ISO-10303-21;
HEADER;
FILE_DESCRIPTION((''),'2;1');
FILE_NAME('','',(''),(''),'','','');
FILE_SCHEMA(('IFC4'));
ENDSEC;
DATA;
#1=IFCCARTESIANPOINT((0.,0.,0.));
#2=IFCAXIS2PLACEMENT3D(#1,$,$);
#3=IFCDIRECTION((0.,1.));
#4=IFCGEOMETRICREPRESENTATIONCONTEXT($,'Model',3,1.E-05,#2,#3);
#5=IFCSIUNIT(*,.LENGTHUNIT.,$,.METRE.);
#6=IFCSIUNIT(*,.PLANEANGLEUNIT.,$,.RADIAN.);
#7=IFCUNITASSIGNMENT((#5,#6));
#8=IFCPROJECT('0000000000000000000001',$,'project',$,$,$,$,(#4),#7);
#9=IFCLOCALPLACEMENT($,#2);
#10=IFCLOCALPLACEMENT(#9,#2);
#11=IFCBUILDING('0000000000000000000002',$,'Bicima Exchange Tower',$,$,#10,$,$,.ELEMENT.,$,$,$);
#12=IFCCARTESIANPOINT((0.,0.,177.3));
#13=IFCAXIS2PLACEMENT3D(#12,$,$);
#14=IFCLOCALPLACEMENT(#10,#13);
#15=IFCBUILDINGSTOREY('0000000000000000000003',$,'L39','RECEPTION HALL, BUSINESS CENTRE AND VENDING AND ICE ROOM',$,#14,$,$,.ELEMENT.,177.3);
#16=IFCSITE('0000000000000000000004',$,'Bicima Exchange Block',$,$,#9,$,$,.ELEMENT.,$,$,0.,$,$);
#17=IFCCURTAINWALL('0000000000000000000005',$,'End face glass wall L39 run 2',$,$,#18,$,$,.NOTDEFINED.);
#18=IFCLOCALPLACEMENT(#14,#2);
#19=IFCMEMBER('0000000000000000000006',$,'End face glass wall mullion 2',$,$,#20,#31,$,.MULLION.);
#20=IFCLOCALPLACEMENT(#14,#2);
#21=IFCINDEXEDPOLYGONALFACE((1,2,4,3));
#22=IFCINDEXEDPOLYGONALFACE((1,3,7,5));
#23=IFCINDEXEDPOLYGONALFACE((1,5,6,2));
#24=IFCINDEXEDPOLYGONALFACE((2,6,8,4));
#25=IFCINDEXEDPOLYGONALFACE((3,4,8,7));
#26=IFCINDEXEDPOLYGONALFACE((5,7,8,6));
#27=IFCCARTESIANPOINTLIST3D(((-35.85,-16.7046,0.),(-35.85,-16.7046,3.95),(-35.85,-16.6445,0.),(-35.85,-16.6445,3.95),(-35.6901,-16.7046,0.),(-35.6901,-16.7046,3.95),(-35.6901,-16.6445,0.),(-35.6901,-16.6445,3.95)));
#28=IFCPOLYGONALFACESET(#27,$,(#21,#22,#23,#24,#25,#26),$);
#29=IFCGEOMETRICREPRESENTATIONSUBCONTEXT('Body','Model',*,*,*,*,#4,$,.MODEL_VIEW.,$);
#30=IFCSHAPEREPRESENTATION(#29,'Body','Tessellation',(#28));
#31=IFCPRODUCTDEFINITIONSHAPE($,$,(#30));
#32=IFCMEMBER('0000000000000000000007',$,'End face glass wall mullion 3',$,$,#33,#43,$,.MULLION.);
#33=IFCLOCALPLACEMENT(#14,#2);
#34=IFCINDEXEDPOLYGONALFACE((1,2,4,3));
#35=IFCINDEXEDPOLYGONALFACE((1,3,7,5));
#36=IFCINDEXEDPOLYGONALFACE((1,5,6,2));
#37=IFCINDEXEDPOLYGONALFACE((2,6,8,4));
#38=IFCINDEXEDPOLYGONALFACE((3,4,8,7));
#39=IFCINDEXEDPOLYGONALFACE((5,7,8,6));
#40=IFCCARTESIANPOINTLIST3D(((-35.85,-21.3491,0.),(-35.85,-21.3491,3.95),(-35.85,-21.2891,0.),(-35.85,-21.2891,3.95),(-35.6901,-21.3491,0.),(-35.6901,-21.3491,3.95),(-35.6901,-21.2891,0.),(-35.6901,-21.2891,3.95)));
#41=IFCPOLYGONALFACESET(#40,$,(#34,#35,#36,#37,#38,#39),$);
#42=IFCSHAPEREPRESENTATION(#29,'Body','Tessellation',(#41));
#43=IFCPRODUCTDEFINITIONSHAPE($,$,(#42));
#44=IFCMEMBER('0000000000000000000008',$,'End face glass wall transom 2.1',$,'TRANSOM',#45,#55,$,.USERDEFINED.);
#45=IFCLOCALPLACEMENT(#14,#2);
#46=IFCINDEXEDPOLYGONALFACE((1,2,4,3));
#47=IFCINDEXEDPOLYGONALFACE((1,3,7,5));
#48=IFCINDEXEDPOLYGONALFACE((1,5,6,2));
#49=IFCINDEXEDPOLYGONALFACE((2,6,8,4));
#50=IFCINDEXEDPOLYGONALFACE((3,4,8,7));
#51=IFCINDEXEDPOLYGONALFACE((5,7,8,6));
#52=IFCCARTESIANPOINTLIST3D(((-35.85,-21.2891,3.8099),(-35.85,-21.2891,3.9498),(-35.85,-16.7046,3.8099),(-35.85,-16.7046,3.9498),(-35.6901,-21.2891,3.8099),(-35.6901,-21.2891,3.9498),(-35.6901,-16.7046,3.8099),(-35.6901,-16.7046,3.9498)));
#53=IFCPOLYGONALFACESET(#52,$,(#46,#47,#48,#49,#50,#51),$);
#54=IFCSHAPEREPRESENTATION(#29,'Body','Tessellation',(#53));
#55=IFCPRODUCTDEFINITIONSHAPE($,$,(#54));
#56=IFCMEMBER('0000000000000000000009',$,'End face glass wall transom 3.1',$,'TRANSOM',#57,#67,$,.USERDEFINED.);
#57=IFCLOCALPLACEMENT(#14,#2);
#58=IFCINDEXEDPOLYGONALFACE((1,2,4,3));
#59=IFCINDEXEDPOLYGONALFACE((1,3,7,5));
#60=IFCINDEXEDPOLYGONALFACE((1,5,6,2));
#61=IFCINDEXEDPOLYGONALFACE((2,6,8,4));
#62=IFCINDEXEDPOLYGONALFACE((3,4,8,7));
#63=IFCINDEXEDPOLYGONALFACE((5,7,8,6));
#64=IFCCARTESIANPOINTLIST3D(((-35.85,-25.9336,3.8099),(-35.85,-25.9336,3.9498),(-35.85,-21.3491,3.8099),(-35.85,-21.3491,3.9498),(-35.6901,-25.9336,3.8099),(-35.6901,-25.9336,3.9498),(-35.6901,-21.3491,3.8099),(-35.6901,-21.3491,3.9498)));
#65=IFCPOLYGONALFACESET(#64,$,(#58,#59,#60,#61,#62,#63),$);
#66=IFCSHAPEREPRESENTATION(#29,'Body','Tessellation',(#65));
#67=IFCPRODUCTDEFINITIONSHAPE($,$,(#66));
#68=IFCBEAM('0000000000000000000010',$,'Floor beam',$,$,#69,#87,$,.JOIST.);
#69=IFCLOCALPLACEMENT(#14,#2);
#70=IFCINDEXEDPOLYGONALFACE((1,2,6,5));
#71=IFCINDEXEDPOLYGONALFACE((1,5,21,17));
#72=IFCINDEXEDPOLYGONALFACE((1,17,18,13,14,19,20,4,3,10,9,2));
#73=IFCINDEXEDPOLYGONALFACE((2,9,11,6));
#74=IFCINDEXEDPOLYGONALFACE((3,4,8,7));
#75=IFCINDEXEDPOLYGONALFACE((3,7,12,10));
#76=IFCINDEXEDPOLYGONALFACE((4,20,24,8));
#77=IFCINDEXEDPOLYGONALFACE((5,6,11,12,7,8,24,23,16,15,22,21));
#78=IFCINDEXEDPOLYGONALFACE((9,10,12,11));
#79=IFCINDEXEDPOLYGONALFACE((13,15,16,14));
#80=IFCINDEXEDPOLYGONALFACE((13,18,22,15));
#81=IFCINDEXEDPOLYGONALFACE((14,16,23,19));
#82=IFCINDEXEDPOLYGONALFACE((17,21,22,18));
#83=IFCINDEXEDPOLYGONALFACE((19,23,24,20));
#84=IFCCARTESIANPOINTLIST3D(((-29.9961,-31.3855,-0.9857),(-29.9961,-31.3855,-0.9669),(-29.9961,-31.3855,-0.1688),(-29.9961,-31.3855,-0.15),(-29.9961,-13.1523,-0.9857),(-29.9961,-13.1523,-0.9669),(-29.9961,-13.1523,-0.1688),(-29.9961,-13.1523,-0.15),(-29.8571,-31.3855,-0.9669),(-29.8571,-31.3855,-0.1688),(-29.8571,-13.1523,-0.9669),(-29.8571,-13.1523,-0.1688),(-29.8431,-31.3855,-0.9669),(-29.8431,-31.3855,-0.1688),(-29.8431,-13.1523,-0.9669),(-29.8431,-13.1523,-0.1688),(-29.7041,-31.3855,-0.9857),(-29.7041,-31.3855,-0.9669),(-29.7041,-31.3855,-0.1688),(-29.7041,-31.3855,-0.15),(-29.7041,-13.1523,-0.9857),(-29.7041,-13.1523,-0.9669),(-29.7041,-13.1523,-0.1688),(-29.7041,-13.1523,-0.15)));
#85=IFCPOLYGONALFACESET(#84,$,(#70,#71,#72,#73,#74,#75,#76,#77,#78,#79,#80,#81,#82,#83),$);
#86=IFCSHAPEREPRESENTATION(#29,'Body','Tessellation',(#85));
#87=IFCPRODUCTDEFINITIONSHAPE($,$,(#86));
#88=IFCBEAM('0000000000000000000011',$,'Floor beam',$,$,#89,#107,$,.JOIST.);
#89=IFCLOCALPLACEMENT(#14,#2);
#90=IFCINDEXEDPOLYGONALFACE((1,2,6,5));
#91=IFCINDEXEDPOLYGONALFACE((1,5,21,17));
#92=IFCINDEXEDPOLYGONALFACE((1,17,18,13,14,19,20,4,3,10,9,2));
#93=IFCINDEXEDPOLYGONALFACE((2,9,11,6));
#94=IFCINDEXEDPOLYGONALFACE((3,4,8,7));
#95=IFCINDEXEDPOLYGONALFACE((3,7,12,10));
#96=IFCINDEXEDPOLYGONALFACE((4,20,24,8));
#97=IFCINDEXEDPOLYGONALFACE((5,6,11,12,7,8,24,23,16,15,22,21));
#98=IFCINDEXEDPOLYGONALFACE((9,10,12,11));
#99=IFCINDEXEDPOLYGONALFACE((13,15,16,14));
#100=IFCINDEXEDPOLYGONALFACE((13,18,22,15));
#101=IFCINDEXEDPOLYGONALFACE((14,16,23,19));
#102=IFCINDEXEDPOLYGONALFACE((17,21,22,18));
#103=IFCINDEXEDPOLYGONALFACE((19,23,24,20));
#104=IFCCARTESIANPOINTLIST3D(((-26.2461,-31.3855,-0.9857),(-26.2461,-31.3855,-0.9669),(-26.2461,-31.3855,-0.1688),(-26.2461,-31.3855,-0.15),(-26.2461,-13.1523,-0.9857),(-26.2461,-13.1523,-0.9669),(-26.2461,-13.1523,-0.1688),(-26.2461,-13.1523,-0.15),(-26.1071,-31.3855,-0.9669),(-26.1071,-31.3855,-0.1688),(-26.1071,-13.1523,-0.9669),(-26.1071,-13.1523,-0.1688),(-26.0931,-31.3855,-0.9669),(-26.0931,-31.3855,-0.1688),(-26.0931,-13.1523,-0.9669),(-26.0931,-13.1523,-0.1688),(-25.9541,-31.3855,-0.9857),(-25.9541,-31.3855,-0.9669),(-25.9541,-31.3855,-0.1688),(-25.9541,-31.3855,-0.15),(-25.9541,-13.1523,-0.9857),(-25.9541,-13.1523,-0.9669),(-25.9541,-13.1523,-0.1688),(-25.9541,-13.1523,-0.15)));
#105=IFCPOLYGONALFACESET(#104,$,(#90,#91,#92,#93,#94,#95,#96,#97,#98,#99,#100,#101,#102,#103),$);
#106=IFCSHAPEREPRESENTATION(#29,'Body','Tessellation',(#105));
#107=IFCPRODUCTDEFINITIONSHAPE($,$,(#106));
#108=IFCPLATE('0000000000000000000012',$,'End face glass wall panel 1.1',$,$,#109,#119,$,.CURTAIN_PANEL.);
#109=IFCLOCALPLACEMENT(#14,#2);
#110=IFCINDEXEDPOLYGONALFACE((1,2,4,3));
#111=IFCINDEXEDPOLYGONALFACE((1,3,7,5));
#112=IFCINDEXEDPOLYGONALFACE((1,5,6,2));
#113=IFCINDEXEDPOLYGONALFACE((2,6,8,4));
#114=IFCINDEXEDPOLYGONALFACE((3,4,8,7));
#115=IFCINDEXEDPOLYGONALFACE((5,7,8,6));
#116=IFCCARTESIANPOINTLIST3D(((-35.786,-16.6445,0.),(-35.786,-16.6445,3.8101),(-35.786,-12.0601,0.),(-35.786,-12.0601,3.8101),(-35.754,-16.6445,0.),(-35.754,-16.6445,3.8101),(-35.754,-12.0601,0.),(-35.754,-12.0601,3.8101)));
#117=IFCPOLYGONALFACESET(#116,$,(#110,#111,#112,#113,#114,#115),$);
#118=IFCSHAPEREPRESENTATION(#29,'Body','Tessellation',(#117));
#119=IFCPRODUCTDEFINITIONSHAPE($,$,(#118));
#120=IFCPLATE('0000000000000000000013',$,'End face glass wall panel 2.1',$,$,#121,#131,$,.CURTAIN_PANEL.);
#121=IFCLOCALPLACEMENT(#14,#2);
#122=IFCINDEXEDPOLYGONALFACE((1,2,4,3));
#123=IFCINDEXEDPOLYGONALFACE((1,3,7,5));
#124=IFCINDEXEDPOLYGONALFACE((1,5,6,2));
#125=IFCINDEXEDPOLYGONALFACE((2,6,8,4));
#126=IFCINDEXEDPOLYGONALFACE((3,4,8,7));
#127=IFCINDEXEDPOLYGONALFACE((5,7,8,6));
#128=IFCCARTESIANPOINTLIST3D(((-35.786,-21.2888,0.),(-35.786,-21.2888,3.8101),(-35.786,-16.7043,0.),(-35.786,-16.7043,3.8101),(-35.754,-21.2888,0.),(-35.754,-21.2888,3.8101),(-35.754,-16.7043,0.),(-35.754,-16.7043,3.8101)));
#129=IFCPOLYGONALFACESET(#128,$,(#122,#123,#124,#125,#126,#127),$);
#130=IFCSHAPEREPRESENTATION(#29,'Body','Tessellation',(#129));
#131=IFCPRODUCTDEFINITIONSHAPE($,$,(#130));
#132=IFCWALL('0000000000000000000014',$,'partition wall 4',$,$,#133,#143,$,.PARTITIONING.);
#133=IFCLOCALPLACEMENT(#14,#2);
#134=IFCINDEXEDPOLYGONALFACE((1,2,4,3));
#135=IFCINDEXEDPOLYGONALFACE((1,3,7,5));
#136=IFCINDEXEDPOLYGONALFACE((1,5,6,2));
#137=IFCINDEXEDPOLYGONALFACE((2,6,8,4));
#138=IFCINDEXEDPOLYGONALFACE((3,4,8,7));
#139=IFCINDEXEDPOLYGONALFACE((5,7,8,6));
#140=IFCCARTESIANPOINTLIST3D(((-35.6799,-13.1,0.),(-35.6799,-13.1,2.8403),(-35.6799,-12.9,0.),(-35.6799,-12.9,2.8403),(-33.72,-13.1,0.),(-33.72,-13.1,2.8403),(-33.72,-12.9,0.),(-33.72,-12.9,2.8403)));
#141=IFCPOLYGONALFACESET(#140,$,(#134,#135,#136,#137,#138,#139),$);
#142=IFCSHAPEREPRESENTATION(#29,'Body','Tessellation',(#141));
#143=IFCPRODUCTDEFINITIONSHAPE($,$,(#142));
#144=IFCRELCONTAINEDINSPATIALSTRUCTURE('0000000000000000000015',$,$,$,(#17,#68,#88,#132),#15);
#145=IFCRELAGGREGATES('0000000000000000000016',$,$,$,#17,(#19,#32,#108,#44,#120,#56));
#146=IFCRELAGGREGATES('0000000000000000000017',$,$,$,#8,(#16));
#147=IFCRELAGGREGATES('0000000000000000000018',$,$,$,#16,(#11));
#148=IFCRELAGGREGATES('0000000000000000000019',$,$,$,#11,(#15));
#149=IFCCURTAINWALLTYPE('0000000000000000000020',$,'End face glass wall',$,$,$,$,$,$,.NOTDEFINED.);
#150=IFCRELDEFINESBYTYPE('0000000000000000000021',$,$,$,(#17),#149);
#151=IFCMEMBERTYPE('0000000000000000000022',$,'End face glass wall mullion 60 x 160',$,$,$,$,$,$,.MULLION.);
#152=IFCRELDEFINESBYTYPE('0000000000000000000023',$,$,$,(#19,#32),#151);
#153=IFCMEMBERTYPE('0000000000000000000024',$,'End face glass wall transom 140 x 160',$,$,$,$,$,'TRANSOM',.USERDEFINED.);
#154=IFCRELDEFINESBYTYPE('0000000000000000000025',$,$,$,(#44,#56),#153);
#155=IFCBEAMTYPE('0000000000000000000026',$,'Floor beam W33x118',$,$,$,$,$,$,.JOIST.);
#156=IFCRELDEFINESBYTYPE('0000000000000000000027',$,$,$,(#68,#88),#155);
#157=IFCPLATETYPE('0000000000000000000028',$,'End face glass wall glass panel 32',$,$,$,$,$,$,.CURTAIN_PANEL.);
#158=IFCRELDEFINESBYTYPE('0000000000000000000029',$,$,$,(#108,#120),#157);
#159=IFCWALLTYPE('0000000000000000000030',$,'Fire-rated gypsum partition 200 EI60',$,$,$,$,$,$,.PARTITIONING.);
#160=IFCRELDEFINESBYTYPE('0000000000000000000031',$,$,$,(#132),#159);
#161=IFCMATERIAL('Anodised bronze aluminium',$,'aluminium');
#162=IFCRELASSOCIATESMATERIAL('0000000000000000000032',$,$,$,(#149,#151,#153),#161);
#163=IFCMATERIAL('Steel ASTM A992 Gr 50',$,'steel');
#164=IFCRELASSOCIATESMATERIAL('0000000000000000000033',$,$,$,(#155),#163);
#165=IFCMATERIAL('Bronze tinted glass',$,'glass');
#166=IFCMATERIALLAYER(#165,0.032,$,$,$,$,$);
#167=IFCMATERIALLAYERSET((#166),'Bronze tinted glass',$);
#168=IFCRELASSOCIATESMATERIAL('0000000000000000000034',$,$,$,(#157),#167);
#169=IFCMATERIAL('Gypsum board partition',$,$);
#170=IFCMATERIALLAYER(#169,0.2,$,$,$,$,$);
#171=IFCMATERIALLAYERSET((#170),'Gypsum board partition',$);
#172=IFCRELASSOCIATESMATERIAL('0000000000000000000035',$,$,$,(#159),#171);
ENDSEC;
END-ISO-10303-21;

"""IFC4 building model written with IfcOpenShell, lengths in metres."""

from ifc_helpers import new_model, si_unit, direction, frame, frame_2d, origin, origin_2d, place, context, subcontext, project, spatial, rectangle, i_section, extrude, material, layer, layer_set, material_profile, profile_set, type_object, element, aggregate, save


model = new_model("IFC4")

# Units and contexts
model_context = context("Model", 3, precision=1e-05, world=origin(), true_north=direction((0.0, 1.0)))
body_context = subcontext(model_context, "Body", "Model", "MODEL_VIEW")
ifc_project = project(units=[si_unit("LENGTHUNIT", "METRE"), si_unit("PLANEANGLEUNIT", "RADIAN")], contexts=[model_context])

# Site, building, storey
site_placement = place(None, origin())
site = spatial("IfcSite", under=ifc_project, at=site_placement, Name="Bicima Exchange Block", CompositionType="ELEMENT", RefElevation=0.0)
building_placement = place(site_placement, origin())
building = spatial("IfcBuilding", under=site, at=building_placement, Name="Bicima Exchange Tower", CompositionType="ELEMENT")
storey_placement = place(building_placement, frame((0.0, 0.0, 177.3)))
storey = spatial("IfcBuildingStorey", under=building, at=storey_placement, Name="L39", Description="RECEPTION HALL, BUSINESS CENTRE AND VENDING AND ICE ROOM", CompositionType="ELEMENT", Elevation=177.3)

# Curtain wall, members
ifc_material_1 = material(Name="Anodised bronze aluminium", Category="aluminium")
curtain_wall_type = type_object("IfcCurtainWallType", Name="End face glass wall", PredefinedType="NOTDEFINED", material=ifc_material_1)
curtain_wall_placement = place(storey_placement, origin())
curtain_wall = element("IfcCurtainWall", 1, at=curtain_wall_placement, inside=storey, type_object=curtain_wall_type, Name="End face glass wall L39 run 2", PredefinedType="NOTDEFINED")
ifc_material_profile_1 = material_profile(ifc_material_1, rectangle(XDim=0.1599, YDim=0.0601, at=origin_2d()))
ifc_profile_set_1 = profile_set([ifc_material_profile_1], Name="Anodised bronze aluminium")
member_type_1 = type_object("IfcMemberType", Name="End face glass wall mullion 60 x 160", PredefinedType="MULLION", material=ifc_profile_set_1)
member_1_placement = place(storey_placement, frame((-35.77, -16.6746, 0.0), z_axis=(0.0, 0.0, 1.0), x_axis=(1.0, 0.0, 0.0)))
member_1 = element("IfcMember", 2, at=member_1_placement, type_object=member_type_1, Name="End face glass wall mullion 2", PredefinedType="MULLION", context=body_context, shape_type="SweptSolid", body=[
    extrude(rectangle(XDim=0.1599, YDim=0.0601, at=origin_2d()), origin(), (0.0, 0.0, 1.0), 3.95),
])
member_2_placement = place(storey_placement, frame((-35.77, -21.3191, 0.0), z_axis=(0.0, 0.0, 1.0), x_axis=(1.0, 0.0, 0.0)))
member_2 = element("IfcMember", 3, at=member_2_placement, type_object=member_type_1, Name="End face glass wall mullion 3", PredefinedType="MULLION", context=body_context, shape_type="SweptSolid", body=[
    extrude(rectangle(XDim=0.1599, YDim=0.0601, at=origin_2d()), origin(), (0.0, 0.0, 1.0), 3.95),
])
ifc_material_profile_2 = material_profile(ifc_material_1, rectangle(XDim=0.1599, YDim=0.1399, at=origin_2d()))
ifc_profile_set_2 = profile_set([ifc_material_profile_2], Name="Anodised bronze aluminium")
member_type_2 = type_object("IfcMemberType", Name="End face glass wall transom 140 x 160", ElementType="TRANSOM", PredefinedType="USERDEFINED", material=ifc_profile_set_2)
member_3_placement = place(storey_placement, frame((-35.77, -16.7046, 3.8799), z_axis=(0.0, -1.0, 0.0), x_axis=(1.0, 0.0, 0.0)))
member_3 = element("IfcMember", 4, at=member_3_placement, type_object=member_type_2, Name="End face glass wall transom 2.1", ObjectType="TRANSOM", PredefinedType="USERDEFINED", context=body_context, shape_type="SweptSolid", body=[
    extrude(rectangle(XDim=0.1599, YDim=0.1399, at=origin_2d()), origin(), (0.0, 0.0, 1.0), 4.5845),
])
member_4_placement = place(storey_placement, frame((-35.77, -21.3491, 3.8799), z_axis=(0.0, -1.0, 0.0), x_axis=(1.0, 0.0, 0.0)))
member_4 = element("IfcMember", 5, at=member_4_placement, type_object=member_type_2, Name="End face glass wall transom 3.1", ObjectType="TRANSOM", PredefinedType="USERDEFINED", context=body_context, shape_type="SweptSolid", body=[
    extrude(rectangle(XDim=0.1599, YDim=0.1399, at=origin_2d()), origin(), (0.0, 0.0, 1.0), 4.5845),
])

# Beams
ifc_material_2 = material(Name="Steel ASTM A992 Gr 50", Category="steel")
ifc_material_profile_3 = material_profile(ifc_material_2, i_section(OverallWidth=0.292, OverallDepth=0.8357, WebThickness=0.0139, FlangeThickness=0.0188, at=origin_2d()))
ifc_profile_set_3 = profile_set([ifc_material_profile_3], Name="Steel ASTM A992 Gr 50")
beam_type = type_object("IfcBeamType", Name="Floor beam W33x118", PredefinedType="JOIST", material=ifc_profile_set_3)
for number, where, z_axis, x_axis, name in (
    (6, (-29.8501, -13.1523, -0.5679), (0.0, -1.0, 0.0), (1.0, 0.0, 0.0), "Floor beam"),
    (7, (-26.1001, -13.1523, -0.5679), (0.0, -1.0, 0.0), (1.0, 0.0, 0.0), "Floor beam"),
):
    element("IfcBeam", number, at=place(storey_placement, frame(where, z_axis=z_axis, x_axis=x_axis)), inside=storey, type_object=beam_type, Name=name, PredefinedType="JOIST", context=body_context, shape_type="SweptSolid", body=[
        extrude(i_section(OverallWidth=0.292, OverallDepth=0.8357, WebThickness=0.0139, FlangeThickness=0.0188, at=origin_2d()), origin(), (0.0, 0.0, 1.0), 18.2332),
    ])

# Plates
ifc_material_3 = material(Name="Bronze tinted glass", Category="glass")
ifc_layer_1 = layer(ifc_material_3, 0.032)
ifc_layer_set_1 = layer_set([ifc_layer_1], Name="Bronze tinted glass")
plate_type = type_object("IfcPlateType", Name="End face glass wall glass panel 32", PredefinedType="CURTAIN_PANEL", material=ifc_layer_set_1)
plate_1_placement = place(storey_placement, frame((-35.77, -14.3523, 0.0), z_axis=(0.0, 0.0, 1.0), x_axis=(0.0, -1.0, 0.0)))
plate_1 = element("IfcPlate", 8, at=plate_1_placement, type_object=plate_type, Name="End face glass wall panel 1.1", PredefinedType="CURTAIN_PANEL", context=body_context, shape_type="SweptSolid", body=[
    extrude(rectangle(XDim=4.5845, YDim=0.032, at=origin_2d()), origin(), (0.0, 0.0, 1.0), 3.8101),
])
plate_2_placement = place(storey_placement, frame((-35.77, -18.9966, 0.0), z_axis=(0.0, 0.0, 1.0), x_axis=(0.0, -1.0, 0.0)))
plate_2 = element("IfcPlate", 9, at=plate_2_placement, type_object=plate_type, Name="End face glass wall panel 2.1", PredefinedType="CURTAIN_PANEL", context=body_context, shape_type="SweptSolid", body=[
    extrude(rectangle(XDim=4.5845, YDim=0.032, at=origin_2d()), origin(), (0.0, 0.0, 1.0), 3.8101),
])
aggregate(curtain_wall, [member_1, member_2, plate_1, member_3, plate_2, member_4])

# Shared definitions
ifc_material_4 = material(Name="Gypsum board partition")
ifc_layer_2 = layer(ifc_material_4, 0.2)
ifc_layer_set_2 = layer_set([ifc_layer_2], Name="Gypsum board partition")
wall_type = type_object("IfcWallType", Name="Fire-rated gypsum partition 200 EI60", PredefinedType="PARTITIONING", material=ifc_layer_set_2)

# Wall
wall_1_placement = place(storey_placement, frame((-35.6799, -13.0, 0.0), z_axis=(0.0, 0.0, 1.0), x_axis=(1.0, 0.0, 0.0)))
element("IfcWall", 10, at=wall_1_placement, inside=storey, type_object=wall_type, Name="partition wall 4", PredefinedType="PARTITIONING", context=body_context, shape_type="SweptSolid", body=[
    extrude(rectangle(XDim=1.96, YDim=0.2, at=frame_2d((0.98, 0.0))), origin(), (0.0, 0.0, 1.0), 2.8403),
])

save(model, "model.ifc")
